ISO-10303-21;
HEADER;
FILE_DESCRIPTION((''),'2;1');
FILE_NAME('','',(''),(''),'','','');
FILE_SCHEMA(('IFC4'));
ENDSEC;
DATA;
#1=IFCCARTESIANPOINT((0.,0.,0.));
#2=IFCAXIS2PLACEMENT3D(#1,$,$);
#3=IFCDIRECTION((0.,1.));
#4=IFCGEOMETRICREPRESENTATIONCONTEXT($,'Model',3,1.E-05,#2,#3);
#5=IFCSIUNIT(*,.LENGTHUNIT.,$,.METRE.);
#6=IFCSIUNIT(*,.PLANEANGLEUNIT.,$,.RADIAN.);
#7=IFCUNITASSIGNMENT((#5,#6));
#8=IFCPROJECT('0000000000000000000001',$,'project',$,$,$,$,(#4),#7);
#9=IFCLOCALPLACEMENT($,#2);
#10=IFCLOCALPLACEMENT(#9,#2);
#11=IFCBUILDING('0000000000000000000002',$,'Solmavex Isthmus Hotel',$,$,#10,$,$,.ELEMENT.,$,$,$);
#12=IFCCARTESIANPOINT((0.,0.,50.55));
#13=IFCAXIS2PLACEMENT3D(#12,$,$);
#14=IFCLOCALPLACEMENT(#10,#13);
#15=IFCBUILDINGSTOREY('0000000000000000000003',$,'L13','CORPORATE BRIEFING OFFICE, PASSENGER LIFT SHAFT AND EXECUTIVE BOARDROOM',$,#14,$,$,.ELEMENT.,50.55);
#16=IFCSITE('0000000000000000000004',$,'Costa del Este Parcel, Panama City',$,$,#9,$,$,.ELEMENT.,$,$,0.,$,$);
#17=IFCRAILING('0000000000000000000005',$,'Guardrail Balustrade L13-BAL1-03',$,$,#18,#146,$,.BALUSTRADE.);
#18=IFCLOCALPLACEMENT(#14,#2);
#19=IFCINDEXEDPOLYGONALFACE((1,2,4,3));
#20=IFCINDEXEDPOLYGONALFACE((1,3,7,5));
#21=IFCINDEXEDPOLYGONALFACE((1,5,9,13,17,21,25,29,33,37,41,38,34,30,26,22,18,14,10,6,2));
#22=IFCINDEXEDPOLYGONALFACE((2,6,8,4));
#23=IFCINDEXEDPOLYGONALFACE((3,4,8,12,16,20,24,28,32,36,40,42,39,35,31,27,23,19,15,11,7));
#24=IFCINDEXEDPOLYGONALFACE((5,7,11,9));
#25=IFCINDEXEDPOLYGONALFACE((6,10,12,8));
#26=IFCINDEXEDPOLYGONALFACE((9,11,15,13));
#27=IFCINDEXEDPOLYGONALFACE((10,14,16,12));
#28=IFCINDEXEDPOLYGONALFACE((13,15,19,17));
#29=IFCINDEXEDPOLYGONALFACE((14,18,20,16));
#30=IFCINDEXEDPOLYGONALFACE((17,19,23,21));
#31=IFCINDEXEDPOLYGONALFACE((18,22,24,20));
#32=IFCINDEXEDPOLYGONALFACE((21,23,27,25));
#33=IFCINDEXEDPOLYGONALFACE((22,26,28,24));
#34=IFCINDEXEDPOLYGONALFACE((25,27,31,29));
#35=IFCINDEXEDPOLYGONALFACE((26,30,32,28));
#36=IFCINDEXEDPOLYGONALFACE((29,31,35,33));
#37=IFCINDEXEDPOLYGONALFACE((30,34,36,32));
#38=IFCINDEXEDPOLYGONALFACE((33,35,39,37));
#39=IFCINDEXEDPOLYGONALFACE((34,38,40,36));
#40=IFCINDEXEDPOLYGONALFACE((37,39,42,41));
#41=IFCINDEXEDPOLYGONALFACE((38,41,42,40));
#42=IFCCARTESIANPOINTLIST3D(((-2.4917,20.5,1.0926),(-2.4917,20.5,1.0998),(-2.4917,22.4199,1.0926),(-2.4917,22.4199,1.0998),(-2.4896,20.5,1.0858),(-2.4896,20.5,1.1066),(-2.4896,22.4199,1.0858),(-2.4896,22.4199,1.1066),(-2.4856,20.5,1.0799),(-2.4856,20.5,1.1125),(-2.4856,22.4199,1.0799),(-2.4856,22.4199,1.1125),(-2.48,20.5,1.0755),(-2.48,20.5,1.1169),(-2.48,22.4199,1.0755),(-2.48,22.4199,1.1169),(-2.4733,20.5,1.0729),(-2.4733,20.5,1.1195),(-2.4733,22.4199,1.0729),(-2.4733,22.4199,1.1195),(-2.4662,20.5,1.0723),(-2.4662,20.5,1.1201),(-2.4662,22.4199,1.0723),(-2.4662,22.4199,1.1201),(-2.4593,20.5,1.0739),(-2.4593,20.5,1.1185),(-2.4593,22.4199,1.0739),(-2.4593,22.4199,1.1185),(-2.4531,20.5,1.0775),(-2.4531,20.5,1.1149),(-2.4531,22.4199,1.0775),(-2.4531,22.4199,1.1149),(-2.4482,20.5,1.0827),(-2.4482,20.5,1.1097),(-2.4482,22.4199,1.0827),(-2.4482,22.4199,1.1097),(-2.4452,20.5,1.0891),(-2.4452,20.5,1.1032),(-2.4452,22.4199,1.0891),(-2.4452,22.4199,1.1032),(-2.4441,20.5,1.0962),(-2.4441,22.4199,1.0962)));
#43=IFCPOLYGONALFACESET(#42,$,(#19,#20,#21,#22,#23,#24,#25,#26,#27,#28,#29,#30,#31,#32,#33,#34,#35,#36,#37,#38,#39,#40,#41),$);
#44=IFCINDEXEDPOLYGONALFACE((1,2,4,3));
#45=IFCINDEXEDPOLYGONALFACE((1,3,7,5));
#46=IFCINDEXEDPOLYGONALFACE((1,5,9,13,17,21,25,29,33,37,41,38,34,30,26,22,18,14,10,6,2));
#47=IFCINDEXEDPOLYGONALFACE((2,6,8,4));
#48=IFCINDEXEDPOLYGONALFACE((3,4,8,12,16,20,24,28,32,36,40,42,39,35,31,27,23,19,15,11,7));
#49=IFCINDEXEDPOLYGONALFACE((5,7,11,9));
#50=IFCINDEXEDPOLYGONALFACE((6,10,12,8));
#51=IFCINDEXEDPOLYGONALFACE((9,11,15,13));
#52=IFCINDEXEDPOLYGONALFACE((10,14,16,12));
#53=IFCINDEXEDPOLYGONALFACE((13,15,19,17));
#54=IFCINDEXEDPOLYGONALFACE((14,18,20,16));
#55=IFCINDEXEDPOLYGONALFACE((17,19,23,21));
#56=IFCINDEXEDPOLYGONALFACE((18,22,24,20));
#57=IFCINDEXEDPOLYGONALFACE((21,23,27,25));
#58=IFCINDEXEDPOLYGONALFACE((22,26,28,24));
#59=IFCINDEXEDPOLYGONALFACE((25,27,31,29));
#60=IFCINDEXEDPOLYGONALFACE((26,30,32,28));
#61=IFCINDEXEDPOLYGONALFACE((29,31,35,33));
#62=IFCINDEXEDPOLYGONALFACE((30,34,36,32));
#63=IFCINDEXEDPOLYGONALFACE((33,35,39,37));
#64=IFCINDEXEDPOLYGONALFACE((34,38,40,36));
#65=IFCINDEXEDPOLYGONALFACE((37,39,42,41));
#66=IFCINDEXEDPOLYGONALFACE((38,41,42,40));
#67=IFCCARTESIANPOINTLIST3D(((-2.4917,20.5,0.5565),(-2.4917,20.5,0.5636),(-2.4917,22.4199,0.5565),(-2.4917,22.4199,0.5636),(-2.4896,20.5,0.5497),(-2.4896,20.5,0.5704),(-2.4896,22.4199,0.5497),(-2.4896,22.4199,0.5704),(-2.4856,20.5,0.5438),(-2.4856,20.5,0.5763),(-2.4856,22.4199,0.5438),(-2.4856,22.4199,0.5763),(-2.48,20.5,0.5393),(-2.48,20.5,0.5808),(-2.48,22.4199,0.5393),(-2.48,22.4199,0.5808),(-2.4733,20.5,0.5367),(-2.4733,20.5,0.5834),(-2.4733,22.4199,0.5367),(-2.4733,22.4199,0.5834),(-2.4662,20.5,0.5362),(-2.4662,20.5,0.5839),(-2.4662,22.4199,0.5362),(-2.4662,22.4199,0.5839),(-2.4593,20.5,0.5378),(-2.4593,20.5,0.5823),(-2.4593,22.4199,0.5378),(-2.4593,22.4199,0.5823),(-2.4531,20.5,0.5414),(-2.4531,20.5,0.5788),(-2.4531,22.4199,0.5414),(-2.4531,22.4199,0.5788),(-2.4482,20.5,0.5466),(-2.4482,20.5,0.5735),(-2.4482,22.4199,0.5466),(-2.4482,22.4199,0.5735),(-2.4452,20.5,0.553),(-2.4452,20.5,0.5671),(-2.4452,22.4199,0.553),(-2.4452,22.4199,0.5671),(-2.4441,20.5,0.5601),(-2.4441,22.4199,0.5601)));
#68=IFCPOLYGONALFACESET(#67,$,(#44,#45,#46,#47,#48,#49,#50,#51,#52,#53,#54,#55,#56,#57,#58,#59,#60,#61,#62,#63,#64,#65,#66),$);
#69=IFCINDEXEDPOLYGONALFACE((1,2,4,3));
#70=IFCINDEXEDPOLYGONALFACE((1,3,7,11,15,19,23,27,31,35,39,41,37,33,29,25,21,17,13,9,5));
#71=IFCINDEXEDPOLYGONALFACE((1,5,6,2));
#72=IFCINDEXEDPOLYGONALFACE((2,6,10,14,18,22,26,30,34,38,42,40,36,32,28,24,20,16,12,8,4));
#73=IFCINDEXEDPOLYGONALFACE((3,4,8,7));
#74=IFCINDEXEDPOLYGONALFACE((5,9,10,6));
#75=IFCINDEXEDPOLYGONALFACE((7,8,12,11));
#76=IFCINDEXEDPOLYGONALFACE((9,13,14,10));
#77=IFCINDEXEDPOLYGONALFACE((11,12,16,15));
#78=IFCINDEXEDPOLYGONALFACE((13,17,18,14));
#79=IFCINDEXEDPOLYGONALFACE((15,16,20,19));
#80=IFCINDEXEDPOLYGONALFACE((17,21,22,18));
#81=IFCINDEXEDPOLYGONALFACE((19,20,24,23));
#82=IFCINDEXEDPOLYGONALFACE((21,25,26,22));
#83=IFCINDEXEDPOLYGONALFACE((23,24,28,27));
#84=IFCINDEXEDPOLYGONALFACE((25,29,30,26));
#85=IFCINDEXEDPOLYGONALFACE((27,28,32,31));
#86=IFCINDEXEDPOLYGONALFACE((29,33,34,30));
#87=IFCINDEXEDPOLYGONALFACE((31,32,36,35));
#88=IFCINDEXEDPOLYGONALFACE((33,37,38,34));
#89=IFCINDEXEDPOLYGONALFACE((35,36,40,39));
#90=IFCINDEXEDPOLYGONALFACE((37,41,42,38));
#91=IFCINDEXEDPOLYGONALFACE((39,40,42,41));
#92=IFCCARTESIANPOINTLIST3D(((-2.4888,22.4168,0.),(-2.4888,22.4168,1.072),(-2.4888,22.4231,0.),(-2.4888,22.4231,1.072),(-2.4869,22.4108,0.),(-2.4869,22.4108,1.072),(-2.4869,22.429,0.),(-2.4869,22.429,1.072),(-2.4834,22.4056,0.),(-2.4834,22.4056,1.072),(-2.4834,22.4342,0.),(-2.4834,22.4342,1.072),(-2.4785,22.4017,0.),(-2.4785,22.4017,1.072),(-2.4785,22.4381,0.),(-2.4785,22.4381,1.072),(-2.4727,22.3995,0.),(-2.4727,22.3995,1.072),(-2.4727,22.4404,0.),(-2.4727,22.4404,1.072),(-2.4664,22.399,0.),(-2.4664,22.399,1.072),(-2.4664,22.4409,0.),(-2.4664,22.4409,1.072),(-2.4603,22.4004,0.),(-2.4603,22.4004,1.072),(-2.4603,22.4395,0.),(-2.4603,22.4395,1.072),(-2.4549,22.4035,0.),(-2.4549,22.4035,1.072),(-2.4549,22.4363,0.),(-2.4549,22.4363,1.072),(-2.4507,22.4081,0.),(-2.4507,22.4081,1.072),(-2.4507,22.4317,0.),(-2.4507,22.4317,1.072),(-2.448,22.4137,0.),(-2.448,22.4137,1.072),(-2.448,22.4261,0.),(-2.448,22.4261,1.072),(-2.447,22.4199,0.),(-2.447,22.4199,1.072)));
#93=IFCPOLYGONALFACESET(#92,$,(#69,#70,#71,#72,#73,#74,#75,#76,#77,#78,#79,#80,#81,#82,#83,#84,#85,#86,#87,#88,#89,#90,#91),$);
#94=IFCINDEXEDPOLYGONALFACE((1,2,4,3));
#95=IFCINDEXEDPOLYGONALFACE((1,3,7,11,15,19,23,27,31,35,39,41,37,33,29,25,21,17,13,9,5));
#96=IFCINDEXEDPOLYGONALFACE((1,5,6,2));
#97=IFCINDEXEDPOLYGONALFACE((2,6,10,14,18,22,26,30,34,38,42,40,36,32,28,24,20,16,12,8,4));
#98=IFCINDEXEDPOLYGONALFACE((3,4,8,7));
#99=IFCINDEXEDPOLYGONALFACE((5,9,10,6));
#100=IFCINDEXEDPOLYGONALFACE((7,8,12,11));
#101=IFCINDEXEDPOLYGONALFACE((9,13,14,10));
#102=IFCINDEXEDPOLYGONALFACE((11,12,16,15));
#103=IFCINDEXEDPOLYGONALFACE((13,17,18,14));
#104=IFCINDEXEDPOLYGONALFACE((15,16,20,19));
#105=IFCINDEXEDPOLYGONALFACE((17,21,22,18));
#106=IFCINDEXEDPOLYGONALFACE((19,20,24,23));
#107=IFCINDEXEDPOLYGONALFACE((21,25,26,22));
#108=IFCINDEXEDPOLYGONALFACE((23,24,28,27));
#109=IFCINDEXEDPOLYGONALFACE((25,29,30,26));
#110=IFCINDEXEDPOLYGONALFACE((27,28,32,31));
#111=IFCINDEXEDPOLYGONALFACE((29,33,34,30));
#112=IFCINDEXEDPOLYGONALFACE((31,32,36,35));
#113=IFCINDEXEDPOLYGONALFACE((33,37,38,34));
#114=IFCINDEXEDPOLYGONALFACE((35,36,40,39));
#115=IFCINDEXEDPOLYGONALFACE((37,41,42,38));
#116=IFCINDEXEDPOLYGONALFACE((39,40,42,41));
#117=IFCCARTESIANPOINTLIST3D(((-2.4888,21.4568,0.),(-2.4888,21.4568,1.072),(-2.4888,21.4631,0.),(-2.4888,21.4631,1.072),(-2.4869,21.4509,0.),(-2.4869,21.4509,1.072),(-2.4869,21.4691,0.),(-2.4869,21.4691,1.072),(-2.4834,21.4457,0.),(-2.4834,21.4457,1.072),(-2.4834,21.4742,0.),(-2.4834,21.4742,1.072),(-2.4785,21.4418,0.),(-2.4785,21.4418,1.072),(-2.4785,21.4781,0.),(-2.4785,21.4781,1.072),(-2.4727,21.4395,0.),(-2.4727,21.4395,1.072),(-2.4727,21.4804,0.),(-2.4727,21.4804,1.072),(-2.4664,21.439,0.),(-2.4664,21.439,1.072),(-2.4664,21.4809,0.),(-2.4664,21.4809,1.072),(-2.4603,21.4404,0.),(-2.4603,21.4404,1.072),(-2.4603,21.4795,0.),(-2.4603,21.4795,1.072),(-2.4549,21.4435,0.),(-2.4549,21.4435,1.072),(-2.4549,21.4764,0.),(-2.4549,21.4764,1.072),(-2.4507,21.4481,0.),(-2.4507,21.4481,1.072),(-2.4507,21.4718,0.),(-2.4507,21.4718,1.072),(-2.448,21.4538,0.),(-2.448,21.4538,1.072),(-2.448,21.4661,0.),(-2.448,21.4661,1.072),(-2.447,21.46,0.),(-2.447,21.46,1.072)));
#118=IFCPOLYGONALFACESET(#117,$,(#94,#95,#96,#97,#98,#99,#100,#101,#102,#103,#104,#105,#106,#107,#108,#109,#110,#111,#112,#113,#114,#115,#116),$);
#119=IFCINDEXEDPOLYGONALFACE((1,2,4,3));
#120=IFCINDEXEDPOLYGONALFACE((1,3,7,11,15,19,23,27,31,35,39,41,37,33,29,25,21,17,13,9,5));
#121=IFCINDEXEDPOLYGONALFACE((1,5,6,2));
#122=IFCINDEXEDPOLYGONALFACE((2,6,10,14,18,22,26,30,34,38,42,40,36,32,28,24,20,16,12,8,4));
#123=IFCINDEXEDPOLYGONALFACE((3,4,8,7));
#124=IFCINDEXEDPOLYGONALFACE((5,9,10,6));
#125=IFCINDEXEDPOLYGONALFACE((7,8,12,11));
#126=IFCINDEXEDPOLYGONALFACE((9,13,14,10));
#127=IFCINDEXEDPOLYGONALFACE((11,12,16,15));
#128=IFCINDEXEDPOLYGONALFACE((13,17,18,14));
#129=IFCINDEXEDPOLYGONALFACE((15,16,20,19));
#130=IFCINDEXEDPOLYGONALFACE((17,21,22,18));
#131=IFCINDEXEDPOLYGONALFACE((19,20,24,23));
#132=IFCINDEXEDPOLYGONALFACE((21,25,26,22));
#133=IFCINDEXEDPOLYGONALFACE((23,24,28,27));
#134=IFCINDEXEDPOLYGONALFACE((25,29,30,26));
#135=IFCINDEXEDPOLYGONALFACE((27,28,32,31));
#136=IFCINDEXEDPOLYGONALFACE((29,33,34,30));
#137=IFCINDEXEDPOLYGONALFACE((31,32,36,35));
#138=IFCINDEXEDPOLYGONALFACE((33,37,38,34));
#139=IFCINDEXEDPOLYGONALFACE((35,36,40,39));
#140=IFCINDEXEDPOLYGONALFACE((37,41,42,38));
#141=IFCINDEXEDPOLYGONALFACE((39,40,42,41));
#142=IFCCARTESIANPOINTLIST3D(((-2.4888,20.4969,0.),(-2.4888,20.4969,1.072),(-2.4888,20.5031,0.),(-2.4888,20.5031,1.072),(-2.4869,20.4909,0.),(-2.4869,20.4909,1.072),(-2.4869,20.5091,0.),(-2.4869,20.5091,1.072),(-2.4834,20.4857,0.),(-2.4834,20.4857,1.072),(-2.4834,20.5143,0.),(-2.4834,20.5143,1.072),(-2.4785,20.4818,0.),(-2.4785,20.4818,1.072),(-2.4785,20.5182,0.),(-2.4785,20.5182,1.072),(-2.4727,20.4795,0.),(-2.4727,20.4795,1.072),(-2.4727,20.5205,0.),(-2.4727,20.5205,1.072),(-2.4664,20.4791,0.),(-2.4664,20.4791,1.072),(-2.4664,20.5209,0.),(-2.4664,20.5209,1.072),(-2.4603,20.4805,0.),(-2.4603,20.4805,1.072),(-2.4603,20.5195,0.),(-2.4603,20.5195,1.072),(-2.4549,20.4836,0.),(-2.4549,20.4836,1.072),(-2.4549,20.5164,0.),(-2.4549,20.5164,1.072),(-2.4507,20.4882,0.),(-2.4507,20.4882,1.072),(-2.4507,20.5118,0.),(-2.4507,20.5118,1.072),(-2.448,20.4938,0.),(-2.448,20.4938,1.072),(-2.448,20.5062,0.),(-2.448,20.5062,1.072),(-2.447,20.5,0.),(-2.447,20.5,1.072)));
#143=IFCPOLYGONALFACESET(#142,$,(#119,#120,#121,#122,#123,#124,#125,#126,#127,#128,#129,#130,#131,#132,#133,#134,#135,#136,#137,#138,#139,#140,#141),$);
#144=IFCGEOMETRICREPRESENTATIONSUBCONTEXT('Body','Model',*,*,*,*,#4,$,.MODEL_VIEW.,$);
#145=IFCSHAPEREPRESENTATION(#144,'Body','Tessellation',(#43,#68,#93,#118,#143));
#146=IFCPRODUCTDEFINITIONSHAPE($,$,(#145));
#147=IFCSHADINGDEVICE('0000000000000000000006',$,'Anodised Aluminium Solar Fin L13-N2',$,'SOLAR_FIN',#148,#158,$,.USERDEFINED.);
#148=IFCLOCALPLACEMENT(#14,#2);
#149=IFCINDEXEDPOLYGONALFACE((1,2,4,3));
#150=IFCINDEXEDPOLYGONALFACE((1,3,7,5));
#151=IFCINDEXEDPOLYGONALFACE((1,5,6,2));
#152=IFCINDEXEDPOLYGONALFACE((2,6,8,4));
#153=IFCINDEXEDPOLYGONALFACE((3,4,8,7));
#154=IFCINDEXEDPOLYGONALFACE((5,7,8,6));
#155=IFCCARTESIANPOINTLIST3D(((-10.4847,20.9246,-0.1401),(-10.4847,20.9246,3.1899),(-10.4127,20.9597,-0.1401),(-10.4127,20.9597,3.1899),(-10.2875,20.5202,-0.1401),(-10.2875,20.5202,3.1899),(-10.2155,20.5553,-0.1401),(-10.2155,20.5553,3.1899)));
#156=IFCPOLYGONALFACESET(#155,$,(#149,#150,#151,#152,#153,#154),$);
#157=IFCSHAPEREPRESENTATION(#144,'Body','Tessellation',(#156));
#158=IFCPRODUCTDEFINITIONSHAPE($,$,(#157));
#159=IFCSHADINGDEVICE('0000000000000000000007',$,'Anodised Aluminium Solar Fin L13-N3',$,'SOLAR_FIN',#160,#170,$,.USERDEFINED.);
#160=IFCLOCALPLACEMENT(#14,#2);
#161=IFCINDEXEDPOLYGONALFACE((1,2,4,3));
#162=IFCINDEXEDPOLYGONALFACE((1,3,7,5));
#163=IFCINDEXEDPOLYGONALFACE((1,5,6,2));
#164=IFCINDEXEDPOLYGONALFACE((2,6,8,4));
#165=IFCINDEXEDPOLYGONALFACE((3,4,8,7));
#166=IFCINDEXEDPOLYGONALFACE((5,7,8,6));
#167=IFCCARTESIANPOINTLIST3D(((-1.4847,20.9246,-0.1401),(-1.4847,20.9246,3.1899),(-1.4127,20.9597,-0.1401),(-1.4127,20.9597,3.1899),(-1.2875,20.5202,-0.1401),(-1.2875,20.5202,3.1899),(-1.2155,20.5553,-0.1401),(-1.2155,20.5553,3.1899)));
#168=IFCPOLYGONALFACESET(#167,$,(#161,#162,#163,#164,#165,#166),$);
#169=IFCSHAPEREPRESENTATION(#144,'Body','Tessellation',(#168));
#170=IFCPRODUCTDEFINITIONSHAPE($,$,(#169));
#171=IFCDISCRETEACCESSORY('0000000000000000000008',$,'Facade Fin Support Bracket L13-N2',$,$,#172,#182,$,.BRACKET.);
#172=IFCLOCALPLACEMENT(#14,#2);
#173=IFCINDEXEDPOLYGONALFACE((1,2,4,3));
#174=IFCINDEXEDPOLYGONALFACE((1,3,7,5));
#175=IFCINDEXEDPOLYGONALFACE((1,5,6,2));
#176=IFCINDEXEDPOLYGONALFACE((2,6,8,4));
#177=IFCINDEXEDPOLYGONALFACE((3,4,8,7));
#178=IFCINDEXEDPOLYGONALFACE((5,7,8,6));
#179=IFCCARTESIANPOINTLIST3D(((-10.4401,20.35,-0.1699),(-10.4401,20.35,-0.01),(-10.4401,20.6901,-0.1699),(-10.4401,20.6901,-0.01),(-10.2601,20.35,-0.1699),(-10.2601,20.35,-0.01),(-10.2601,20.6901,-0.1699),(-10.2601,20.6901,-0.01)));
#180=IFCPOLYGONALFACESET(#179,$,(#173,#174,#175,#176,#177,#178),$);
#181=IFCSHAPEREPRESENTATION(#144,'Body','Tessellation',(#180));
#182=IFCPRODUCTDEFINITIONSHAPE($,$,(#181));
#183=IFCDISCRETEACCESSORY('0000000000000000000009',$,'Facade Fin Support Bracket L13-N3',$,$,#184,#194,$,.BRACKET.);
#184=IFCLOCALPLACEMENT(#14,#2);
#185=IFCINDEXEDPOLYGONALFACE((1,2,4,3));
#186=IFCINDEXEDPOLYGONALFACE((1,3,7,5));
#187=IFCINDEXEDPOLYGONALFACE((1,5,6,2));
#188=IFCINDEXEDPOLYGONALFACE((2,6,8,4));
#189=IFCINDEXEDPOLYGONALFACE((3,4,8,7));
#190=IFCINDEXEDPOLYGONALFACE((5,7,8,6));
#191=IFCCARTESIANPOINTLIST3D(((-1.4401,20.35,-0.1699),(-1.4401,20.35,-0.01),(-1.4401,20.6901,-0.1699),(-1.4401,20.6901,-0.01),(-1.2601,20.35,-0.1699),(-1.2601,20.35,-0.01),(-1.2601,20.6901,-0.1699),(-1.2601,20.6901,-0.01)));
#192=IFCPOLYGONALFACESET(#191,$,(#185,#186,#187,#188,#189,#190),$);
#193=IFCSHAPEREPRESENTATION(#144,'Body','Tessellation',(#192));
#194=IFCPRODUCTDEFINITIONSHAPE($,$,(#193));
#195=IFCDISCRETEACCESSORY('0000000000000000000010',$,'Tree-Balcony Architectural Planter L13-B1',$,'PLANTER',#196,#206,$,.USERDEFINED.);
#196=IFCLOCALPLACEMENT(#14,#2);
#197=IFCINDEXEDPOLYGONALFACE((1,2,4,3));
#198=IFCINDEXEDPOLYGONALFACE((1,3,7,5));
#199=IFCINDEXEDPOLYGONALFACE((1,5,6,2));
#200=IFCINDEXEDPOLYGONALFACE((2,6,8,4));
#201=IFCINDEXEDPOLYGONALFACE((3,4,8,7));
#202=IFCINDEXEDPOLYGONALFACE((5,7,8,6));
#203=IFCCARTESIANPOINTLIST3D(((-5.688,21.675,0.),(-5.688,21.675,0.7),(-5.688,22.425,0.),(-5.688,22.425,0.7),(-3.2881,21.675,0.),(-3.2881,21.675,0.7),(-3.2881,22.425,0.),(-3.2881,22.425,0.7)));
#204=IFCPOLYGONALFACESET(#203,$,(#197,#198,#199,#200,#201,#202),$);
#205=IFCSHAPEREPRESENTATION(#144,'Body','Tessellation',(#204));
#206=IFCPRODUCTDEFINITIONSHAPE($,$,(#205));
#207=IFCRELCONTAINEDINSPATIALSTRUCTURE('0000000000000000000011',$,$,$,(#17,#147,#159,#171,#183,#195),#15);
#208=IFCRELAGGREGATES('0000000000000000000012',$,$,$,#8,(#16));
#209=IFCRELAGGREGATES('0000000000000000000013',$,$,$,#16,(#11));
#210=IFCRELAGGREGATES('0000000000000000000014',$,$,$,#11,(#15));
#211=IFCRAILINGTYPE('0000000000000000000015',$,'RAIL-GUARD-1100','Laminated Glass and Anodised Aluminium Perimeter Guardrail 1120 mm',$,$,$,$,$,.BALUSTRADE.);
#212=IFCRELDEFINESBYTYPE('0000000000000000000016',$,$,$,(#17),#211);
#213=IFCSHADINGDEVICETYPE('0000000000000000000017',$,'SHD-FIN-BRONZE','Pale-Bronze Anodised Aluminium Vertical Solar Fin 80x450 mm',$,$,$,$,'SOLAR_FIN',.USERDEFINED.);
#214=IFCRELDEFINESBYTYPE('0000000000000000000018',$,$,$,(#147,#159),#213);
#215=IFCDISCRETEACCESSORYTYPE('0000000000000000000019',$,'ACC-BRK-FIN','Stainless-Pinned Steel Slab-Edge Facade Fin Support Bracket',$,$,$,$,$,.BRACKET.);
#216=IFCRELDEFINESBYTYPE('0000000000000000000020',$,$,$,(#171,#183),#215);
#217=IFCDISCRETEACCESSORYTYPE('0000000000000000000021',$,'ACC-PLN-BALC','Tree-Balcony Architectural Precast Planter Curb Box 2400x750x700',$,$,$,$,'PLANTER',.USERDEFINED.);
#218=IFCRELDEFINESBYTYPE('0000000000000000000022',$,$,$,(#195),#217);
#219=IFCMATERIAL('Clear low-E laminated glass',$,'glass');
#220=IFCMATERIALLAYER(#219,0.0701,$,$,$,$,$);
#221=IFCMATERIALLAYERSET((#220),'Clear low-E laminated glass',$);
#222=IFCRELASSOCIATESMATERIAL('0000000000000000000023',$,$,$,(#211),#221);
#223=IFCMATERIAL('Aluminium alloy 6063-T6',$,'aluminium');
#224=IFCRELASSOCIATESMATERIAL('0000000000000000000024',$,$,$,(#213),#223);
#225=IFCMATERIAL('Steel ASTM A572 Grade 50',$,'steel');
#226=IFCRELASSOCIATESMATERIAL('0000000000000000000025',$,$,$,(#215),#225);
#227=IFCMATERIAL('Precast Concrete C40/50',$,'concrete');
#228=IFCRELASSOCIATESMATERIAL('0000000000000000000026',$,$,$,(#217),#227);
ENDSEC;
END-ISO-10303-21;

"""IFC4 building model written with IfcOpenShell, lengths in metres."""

from ifc_helpers import new_model, si_unit, direction, frame, origin, origin_2d, place, context, subcontext, project, spatial, rectangle, circle, extrude, material, layer, layer_set, type_object, element, save


model = new_model("IFC4")

# Units and contexts
model_context = context("Model", 3, precision=1e-05, world=origin(), true_north=direction((0.0, 1.0)))
body_context = subcontext(model_context, "Body", "Model", "MODEL_VIEW")
ifc_project = project(units=[si_unit("LENGTHUNIT", "METRE"), si_unit("PLANEANGLEUNIT", "RADIAN")], contexts=[model_context])

# Site, building, storey
site_placement = place(None, origin())
site = spatial("IfcSite", under=ifc_project, at=site_placement, Name="Costa del Este Parcel, Panama City", CompositionType="ELEMENT", RefElevation=0.0)
building_placement = place(site_placement, origin())
building = spatial("IfcBuilding", under=site, at=building_placement, Name="Solmavex Isthmus Hotel", CompositionType="ELEMENT")
storey_placement = place(building_placement, frame((0.0, 0.0, 50.55)))
storey = spatial("IfcBuildingStorey", under=building, at=storey_placement, Name="L13", Description="CORPORATE BRIEFING OFFICE, PASSENGER LIFT SHAFT AND EXECUTIVE BOARDROOM", CompositionType="ELEMENT", Elevation=50.55)

# Shared definitions
ifc_material_1 = material(Name="Aluminium alloy 6063-T6", Category="aluminium")

# Shared definitions
ifc_material_2 = material(Name="Clear low-E laminated glass", Category="glass")

# Shared definitions
ifc_material_3 = material(Name="Precast Concrete C40/50", Category="concrete")

# Railing
ifc_layer_1 = layer(ifc_material_2, 0.0701)
ifc_layer_set_1 = layer_set([ifc_layer_1], Name="Clear low-E laminated glass")
railing_type = type_object("IfcRailingType", Name="RAIL-GUARD-1100", Description="Laminated Glass and Anodised Aluminium Perimeter Guardrail 1120 mm", PredefinedType="BALUSTRADE", material=ifc_layer_set_1)
railing_1_placement = place(storey_placement, frame((-2.468, 22.4199, 0.0)))
element("IfcRailing", 1, at=railing_1_placement, inside=storey, type_object=railing_type, Name="Guardrail Balustrade L13-BAL1-03", PredefinedType="BALUSTRADE", context=body_context, shape_type="SweptSolid", body=[
    extrude(circle(Radius=0.0239, at=origin_2d()), frame((0.0, 0.0, 1.0962), z_axis=(0.0, -1.0, 0.0), x_axis=(1.0, 0.0, 0.0)), (0.0, 0.0, 1.0), 1.9199),
    extrude(circle(Radius=0.0239, at=origin_2d()), frame((0.0, 0.0, 0.5601), z_axis=(0.0, -1.0, 0.0), x_axis=(1.0, 0.0, 0.0)), (0.0, 0.0, 1.0), 1.9199),
    extrude(circle(Radius=0.021, at=origin_2d()), origin(), (0.0, 0.0, 1.0), 1.072),
    extrude(circle(Radius=0.021, at=origin_2d()), frame((0.0, -0.96, 0.0)), (0.0, 0.0, 1.0), 1.072),
    extrude(circle(Radius=0.021, at=origin_2d()), frame((0.0, -1.9199, 0.0)), (0.0, 0.0, 1.0), 1.072),
])

# Shading devices
shading_device_type = type_object("IfcShadingDeviceType", Name="SHD-FIN-BRONZE", Description="Pale-Bronze Anodised Aluminium Vertical Solar Fin 80x450 mm", ElementType="SOLAR_FIN", PredefinedType="USERDEFINED", material=ifc_material_1)
for number, where, z_axis, x_axis, name in (
    (2, (-10.3501, 20.74, -0.1401), (0.0, 0.0, 1.0), (-0.438371, 0.898794, 0.0), "Anodised Aluminium Solar Fin L13-N2"),
    (3, (-1.3501, 20.74, -0.1401), (0.0, 0.0, 1.0), (-0.438371, 0.898794, 0.0), "Anodised Aluminium Solar Fin L13-N3"),
):
    element("IfcShadingDevice", number, at=place(storey_placement, frame(where, z_axis=z_axis, x_axis=x_axis)), inside=storey, type_object=shading_device_type, Name=name, ObjectType="SOLAR_FIN", PredefinedType="USERDEFINED", context=body_context, shape_type="SweptSolid", body=[
        extrude(rectangle(XDim=0.45, YDim=0.0801, at=origin_2d()), origin(), (0.0, 0.0, 1.0), 3.3301),
    ])

# Discrete accessories
ifc_material_4 = material(Name="Steel ASTM A572 Grade 50", Category="steel")
discrete_accessory_type_1 = type_object("IfcDiscreteAccessoryType", Name="ACC-BRK-FIN", Description="Stainless-Pinned Steel Slab-Edge Facade Fin Support Bracket", PredefinedType="BRACKET", material=ifc_material_4)
for number, where, z_axis, x_axis, name in (
    (4, (-10.3501, 20.52, -0.1699), (0.0, 0.0, 1.0), (0.0, 1.0, 0.0), "Facade Fin Support Bracket L13-N2"),
    (5, (-1.3501, 20.52, -0.1699), (0.0, 0.0, 1.0), (0.0, 1.0, 0.0), "Facade Fin Support Bracket L13-N3"),
):
    element("IfcDiscreteAccessory", number, at=place(storey_placement, frame(where, z_axis=z_axis, x_axis=x_axis)), inside=storey, type_object=discrete_accessory_type_1, Name=name, PredefinedType="BRACKET", context=body_context, shape_type="SweptSolid", body=[
        extrude(rectangle(XDim=0.3401, YDim=0.1799, at=origin_2d()), origin(), (0.0, 0.0, 1.0), 0.1599),
    ])
discrete_accessory_type_2 = type_object("IfcDiscreteAccessoryType", Name="ACC-PLN-BALC", Description="Tree-Balcony Architectural Precast Planter Curb Box 2400x750x700", ElementType="PLANTER", PredefinedType="USERDEFINED", material=ifc_material_3)
discrete_accessory_placement = place(storey_placement, frame((-4.488, 22.05, 0.0), z_axis=(0.0, 0.0, 1.0), x_axis=(1.0, 0.0, 0.0)))
element("IfcDiscreteAccessory", 6, at=discrete_accessory_placement, inside=storey, type_object=discrete_accessory_type_2, Name="Tree-Balcony Architectural Planter L13-B1", ObjectType="PLANTER", PredefinedType="USERDEFINED", context=body_context, shape_type="SweptSolid", body=[
    extrude(rectangle(XDim=2.3999, YDim=0.75, at=origin_2d()), origin(), (0.0, 0.0, 1.0), 0.7),
])

save(model, "model.ifc")
